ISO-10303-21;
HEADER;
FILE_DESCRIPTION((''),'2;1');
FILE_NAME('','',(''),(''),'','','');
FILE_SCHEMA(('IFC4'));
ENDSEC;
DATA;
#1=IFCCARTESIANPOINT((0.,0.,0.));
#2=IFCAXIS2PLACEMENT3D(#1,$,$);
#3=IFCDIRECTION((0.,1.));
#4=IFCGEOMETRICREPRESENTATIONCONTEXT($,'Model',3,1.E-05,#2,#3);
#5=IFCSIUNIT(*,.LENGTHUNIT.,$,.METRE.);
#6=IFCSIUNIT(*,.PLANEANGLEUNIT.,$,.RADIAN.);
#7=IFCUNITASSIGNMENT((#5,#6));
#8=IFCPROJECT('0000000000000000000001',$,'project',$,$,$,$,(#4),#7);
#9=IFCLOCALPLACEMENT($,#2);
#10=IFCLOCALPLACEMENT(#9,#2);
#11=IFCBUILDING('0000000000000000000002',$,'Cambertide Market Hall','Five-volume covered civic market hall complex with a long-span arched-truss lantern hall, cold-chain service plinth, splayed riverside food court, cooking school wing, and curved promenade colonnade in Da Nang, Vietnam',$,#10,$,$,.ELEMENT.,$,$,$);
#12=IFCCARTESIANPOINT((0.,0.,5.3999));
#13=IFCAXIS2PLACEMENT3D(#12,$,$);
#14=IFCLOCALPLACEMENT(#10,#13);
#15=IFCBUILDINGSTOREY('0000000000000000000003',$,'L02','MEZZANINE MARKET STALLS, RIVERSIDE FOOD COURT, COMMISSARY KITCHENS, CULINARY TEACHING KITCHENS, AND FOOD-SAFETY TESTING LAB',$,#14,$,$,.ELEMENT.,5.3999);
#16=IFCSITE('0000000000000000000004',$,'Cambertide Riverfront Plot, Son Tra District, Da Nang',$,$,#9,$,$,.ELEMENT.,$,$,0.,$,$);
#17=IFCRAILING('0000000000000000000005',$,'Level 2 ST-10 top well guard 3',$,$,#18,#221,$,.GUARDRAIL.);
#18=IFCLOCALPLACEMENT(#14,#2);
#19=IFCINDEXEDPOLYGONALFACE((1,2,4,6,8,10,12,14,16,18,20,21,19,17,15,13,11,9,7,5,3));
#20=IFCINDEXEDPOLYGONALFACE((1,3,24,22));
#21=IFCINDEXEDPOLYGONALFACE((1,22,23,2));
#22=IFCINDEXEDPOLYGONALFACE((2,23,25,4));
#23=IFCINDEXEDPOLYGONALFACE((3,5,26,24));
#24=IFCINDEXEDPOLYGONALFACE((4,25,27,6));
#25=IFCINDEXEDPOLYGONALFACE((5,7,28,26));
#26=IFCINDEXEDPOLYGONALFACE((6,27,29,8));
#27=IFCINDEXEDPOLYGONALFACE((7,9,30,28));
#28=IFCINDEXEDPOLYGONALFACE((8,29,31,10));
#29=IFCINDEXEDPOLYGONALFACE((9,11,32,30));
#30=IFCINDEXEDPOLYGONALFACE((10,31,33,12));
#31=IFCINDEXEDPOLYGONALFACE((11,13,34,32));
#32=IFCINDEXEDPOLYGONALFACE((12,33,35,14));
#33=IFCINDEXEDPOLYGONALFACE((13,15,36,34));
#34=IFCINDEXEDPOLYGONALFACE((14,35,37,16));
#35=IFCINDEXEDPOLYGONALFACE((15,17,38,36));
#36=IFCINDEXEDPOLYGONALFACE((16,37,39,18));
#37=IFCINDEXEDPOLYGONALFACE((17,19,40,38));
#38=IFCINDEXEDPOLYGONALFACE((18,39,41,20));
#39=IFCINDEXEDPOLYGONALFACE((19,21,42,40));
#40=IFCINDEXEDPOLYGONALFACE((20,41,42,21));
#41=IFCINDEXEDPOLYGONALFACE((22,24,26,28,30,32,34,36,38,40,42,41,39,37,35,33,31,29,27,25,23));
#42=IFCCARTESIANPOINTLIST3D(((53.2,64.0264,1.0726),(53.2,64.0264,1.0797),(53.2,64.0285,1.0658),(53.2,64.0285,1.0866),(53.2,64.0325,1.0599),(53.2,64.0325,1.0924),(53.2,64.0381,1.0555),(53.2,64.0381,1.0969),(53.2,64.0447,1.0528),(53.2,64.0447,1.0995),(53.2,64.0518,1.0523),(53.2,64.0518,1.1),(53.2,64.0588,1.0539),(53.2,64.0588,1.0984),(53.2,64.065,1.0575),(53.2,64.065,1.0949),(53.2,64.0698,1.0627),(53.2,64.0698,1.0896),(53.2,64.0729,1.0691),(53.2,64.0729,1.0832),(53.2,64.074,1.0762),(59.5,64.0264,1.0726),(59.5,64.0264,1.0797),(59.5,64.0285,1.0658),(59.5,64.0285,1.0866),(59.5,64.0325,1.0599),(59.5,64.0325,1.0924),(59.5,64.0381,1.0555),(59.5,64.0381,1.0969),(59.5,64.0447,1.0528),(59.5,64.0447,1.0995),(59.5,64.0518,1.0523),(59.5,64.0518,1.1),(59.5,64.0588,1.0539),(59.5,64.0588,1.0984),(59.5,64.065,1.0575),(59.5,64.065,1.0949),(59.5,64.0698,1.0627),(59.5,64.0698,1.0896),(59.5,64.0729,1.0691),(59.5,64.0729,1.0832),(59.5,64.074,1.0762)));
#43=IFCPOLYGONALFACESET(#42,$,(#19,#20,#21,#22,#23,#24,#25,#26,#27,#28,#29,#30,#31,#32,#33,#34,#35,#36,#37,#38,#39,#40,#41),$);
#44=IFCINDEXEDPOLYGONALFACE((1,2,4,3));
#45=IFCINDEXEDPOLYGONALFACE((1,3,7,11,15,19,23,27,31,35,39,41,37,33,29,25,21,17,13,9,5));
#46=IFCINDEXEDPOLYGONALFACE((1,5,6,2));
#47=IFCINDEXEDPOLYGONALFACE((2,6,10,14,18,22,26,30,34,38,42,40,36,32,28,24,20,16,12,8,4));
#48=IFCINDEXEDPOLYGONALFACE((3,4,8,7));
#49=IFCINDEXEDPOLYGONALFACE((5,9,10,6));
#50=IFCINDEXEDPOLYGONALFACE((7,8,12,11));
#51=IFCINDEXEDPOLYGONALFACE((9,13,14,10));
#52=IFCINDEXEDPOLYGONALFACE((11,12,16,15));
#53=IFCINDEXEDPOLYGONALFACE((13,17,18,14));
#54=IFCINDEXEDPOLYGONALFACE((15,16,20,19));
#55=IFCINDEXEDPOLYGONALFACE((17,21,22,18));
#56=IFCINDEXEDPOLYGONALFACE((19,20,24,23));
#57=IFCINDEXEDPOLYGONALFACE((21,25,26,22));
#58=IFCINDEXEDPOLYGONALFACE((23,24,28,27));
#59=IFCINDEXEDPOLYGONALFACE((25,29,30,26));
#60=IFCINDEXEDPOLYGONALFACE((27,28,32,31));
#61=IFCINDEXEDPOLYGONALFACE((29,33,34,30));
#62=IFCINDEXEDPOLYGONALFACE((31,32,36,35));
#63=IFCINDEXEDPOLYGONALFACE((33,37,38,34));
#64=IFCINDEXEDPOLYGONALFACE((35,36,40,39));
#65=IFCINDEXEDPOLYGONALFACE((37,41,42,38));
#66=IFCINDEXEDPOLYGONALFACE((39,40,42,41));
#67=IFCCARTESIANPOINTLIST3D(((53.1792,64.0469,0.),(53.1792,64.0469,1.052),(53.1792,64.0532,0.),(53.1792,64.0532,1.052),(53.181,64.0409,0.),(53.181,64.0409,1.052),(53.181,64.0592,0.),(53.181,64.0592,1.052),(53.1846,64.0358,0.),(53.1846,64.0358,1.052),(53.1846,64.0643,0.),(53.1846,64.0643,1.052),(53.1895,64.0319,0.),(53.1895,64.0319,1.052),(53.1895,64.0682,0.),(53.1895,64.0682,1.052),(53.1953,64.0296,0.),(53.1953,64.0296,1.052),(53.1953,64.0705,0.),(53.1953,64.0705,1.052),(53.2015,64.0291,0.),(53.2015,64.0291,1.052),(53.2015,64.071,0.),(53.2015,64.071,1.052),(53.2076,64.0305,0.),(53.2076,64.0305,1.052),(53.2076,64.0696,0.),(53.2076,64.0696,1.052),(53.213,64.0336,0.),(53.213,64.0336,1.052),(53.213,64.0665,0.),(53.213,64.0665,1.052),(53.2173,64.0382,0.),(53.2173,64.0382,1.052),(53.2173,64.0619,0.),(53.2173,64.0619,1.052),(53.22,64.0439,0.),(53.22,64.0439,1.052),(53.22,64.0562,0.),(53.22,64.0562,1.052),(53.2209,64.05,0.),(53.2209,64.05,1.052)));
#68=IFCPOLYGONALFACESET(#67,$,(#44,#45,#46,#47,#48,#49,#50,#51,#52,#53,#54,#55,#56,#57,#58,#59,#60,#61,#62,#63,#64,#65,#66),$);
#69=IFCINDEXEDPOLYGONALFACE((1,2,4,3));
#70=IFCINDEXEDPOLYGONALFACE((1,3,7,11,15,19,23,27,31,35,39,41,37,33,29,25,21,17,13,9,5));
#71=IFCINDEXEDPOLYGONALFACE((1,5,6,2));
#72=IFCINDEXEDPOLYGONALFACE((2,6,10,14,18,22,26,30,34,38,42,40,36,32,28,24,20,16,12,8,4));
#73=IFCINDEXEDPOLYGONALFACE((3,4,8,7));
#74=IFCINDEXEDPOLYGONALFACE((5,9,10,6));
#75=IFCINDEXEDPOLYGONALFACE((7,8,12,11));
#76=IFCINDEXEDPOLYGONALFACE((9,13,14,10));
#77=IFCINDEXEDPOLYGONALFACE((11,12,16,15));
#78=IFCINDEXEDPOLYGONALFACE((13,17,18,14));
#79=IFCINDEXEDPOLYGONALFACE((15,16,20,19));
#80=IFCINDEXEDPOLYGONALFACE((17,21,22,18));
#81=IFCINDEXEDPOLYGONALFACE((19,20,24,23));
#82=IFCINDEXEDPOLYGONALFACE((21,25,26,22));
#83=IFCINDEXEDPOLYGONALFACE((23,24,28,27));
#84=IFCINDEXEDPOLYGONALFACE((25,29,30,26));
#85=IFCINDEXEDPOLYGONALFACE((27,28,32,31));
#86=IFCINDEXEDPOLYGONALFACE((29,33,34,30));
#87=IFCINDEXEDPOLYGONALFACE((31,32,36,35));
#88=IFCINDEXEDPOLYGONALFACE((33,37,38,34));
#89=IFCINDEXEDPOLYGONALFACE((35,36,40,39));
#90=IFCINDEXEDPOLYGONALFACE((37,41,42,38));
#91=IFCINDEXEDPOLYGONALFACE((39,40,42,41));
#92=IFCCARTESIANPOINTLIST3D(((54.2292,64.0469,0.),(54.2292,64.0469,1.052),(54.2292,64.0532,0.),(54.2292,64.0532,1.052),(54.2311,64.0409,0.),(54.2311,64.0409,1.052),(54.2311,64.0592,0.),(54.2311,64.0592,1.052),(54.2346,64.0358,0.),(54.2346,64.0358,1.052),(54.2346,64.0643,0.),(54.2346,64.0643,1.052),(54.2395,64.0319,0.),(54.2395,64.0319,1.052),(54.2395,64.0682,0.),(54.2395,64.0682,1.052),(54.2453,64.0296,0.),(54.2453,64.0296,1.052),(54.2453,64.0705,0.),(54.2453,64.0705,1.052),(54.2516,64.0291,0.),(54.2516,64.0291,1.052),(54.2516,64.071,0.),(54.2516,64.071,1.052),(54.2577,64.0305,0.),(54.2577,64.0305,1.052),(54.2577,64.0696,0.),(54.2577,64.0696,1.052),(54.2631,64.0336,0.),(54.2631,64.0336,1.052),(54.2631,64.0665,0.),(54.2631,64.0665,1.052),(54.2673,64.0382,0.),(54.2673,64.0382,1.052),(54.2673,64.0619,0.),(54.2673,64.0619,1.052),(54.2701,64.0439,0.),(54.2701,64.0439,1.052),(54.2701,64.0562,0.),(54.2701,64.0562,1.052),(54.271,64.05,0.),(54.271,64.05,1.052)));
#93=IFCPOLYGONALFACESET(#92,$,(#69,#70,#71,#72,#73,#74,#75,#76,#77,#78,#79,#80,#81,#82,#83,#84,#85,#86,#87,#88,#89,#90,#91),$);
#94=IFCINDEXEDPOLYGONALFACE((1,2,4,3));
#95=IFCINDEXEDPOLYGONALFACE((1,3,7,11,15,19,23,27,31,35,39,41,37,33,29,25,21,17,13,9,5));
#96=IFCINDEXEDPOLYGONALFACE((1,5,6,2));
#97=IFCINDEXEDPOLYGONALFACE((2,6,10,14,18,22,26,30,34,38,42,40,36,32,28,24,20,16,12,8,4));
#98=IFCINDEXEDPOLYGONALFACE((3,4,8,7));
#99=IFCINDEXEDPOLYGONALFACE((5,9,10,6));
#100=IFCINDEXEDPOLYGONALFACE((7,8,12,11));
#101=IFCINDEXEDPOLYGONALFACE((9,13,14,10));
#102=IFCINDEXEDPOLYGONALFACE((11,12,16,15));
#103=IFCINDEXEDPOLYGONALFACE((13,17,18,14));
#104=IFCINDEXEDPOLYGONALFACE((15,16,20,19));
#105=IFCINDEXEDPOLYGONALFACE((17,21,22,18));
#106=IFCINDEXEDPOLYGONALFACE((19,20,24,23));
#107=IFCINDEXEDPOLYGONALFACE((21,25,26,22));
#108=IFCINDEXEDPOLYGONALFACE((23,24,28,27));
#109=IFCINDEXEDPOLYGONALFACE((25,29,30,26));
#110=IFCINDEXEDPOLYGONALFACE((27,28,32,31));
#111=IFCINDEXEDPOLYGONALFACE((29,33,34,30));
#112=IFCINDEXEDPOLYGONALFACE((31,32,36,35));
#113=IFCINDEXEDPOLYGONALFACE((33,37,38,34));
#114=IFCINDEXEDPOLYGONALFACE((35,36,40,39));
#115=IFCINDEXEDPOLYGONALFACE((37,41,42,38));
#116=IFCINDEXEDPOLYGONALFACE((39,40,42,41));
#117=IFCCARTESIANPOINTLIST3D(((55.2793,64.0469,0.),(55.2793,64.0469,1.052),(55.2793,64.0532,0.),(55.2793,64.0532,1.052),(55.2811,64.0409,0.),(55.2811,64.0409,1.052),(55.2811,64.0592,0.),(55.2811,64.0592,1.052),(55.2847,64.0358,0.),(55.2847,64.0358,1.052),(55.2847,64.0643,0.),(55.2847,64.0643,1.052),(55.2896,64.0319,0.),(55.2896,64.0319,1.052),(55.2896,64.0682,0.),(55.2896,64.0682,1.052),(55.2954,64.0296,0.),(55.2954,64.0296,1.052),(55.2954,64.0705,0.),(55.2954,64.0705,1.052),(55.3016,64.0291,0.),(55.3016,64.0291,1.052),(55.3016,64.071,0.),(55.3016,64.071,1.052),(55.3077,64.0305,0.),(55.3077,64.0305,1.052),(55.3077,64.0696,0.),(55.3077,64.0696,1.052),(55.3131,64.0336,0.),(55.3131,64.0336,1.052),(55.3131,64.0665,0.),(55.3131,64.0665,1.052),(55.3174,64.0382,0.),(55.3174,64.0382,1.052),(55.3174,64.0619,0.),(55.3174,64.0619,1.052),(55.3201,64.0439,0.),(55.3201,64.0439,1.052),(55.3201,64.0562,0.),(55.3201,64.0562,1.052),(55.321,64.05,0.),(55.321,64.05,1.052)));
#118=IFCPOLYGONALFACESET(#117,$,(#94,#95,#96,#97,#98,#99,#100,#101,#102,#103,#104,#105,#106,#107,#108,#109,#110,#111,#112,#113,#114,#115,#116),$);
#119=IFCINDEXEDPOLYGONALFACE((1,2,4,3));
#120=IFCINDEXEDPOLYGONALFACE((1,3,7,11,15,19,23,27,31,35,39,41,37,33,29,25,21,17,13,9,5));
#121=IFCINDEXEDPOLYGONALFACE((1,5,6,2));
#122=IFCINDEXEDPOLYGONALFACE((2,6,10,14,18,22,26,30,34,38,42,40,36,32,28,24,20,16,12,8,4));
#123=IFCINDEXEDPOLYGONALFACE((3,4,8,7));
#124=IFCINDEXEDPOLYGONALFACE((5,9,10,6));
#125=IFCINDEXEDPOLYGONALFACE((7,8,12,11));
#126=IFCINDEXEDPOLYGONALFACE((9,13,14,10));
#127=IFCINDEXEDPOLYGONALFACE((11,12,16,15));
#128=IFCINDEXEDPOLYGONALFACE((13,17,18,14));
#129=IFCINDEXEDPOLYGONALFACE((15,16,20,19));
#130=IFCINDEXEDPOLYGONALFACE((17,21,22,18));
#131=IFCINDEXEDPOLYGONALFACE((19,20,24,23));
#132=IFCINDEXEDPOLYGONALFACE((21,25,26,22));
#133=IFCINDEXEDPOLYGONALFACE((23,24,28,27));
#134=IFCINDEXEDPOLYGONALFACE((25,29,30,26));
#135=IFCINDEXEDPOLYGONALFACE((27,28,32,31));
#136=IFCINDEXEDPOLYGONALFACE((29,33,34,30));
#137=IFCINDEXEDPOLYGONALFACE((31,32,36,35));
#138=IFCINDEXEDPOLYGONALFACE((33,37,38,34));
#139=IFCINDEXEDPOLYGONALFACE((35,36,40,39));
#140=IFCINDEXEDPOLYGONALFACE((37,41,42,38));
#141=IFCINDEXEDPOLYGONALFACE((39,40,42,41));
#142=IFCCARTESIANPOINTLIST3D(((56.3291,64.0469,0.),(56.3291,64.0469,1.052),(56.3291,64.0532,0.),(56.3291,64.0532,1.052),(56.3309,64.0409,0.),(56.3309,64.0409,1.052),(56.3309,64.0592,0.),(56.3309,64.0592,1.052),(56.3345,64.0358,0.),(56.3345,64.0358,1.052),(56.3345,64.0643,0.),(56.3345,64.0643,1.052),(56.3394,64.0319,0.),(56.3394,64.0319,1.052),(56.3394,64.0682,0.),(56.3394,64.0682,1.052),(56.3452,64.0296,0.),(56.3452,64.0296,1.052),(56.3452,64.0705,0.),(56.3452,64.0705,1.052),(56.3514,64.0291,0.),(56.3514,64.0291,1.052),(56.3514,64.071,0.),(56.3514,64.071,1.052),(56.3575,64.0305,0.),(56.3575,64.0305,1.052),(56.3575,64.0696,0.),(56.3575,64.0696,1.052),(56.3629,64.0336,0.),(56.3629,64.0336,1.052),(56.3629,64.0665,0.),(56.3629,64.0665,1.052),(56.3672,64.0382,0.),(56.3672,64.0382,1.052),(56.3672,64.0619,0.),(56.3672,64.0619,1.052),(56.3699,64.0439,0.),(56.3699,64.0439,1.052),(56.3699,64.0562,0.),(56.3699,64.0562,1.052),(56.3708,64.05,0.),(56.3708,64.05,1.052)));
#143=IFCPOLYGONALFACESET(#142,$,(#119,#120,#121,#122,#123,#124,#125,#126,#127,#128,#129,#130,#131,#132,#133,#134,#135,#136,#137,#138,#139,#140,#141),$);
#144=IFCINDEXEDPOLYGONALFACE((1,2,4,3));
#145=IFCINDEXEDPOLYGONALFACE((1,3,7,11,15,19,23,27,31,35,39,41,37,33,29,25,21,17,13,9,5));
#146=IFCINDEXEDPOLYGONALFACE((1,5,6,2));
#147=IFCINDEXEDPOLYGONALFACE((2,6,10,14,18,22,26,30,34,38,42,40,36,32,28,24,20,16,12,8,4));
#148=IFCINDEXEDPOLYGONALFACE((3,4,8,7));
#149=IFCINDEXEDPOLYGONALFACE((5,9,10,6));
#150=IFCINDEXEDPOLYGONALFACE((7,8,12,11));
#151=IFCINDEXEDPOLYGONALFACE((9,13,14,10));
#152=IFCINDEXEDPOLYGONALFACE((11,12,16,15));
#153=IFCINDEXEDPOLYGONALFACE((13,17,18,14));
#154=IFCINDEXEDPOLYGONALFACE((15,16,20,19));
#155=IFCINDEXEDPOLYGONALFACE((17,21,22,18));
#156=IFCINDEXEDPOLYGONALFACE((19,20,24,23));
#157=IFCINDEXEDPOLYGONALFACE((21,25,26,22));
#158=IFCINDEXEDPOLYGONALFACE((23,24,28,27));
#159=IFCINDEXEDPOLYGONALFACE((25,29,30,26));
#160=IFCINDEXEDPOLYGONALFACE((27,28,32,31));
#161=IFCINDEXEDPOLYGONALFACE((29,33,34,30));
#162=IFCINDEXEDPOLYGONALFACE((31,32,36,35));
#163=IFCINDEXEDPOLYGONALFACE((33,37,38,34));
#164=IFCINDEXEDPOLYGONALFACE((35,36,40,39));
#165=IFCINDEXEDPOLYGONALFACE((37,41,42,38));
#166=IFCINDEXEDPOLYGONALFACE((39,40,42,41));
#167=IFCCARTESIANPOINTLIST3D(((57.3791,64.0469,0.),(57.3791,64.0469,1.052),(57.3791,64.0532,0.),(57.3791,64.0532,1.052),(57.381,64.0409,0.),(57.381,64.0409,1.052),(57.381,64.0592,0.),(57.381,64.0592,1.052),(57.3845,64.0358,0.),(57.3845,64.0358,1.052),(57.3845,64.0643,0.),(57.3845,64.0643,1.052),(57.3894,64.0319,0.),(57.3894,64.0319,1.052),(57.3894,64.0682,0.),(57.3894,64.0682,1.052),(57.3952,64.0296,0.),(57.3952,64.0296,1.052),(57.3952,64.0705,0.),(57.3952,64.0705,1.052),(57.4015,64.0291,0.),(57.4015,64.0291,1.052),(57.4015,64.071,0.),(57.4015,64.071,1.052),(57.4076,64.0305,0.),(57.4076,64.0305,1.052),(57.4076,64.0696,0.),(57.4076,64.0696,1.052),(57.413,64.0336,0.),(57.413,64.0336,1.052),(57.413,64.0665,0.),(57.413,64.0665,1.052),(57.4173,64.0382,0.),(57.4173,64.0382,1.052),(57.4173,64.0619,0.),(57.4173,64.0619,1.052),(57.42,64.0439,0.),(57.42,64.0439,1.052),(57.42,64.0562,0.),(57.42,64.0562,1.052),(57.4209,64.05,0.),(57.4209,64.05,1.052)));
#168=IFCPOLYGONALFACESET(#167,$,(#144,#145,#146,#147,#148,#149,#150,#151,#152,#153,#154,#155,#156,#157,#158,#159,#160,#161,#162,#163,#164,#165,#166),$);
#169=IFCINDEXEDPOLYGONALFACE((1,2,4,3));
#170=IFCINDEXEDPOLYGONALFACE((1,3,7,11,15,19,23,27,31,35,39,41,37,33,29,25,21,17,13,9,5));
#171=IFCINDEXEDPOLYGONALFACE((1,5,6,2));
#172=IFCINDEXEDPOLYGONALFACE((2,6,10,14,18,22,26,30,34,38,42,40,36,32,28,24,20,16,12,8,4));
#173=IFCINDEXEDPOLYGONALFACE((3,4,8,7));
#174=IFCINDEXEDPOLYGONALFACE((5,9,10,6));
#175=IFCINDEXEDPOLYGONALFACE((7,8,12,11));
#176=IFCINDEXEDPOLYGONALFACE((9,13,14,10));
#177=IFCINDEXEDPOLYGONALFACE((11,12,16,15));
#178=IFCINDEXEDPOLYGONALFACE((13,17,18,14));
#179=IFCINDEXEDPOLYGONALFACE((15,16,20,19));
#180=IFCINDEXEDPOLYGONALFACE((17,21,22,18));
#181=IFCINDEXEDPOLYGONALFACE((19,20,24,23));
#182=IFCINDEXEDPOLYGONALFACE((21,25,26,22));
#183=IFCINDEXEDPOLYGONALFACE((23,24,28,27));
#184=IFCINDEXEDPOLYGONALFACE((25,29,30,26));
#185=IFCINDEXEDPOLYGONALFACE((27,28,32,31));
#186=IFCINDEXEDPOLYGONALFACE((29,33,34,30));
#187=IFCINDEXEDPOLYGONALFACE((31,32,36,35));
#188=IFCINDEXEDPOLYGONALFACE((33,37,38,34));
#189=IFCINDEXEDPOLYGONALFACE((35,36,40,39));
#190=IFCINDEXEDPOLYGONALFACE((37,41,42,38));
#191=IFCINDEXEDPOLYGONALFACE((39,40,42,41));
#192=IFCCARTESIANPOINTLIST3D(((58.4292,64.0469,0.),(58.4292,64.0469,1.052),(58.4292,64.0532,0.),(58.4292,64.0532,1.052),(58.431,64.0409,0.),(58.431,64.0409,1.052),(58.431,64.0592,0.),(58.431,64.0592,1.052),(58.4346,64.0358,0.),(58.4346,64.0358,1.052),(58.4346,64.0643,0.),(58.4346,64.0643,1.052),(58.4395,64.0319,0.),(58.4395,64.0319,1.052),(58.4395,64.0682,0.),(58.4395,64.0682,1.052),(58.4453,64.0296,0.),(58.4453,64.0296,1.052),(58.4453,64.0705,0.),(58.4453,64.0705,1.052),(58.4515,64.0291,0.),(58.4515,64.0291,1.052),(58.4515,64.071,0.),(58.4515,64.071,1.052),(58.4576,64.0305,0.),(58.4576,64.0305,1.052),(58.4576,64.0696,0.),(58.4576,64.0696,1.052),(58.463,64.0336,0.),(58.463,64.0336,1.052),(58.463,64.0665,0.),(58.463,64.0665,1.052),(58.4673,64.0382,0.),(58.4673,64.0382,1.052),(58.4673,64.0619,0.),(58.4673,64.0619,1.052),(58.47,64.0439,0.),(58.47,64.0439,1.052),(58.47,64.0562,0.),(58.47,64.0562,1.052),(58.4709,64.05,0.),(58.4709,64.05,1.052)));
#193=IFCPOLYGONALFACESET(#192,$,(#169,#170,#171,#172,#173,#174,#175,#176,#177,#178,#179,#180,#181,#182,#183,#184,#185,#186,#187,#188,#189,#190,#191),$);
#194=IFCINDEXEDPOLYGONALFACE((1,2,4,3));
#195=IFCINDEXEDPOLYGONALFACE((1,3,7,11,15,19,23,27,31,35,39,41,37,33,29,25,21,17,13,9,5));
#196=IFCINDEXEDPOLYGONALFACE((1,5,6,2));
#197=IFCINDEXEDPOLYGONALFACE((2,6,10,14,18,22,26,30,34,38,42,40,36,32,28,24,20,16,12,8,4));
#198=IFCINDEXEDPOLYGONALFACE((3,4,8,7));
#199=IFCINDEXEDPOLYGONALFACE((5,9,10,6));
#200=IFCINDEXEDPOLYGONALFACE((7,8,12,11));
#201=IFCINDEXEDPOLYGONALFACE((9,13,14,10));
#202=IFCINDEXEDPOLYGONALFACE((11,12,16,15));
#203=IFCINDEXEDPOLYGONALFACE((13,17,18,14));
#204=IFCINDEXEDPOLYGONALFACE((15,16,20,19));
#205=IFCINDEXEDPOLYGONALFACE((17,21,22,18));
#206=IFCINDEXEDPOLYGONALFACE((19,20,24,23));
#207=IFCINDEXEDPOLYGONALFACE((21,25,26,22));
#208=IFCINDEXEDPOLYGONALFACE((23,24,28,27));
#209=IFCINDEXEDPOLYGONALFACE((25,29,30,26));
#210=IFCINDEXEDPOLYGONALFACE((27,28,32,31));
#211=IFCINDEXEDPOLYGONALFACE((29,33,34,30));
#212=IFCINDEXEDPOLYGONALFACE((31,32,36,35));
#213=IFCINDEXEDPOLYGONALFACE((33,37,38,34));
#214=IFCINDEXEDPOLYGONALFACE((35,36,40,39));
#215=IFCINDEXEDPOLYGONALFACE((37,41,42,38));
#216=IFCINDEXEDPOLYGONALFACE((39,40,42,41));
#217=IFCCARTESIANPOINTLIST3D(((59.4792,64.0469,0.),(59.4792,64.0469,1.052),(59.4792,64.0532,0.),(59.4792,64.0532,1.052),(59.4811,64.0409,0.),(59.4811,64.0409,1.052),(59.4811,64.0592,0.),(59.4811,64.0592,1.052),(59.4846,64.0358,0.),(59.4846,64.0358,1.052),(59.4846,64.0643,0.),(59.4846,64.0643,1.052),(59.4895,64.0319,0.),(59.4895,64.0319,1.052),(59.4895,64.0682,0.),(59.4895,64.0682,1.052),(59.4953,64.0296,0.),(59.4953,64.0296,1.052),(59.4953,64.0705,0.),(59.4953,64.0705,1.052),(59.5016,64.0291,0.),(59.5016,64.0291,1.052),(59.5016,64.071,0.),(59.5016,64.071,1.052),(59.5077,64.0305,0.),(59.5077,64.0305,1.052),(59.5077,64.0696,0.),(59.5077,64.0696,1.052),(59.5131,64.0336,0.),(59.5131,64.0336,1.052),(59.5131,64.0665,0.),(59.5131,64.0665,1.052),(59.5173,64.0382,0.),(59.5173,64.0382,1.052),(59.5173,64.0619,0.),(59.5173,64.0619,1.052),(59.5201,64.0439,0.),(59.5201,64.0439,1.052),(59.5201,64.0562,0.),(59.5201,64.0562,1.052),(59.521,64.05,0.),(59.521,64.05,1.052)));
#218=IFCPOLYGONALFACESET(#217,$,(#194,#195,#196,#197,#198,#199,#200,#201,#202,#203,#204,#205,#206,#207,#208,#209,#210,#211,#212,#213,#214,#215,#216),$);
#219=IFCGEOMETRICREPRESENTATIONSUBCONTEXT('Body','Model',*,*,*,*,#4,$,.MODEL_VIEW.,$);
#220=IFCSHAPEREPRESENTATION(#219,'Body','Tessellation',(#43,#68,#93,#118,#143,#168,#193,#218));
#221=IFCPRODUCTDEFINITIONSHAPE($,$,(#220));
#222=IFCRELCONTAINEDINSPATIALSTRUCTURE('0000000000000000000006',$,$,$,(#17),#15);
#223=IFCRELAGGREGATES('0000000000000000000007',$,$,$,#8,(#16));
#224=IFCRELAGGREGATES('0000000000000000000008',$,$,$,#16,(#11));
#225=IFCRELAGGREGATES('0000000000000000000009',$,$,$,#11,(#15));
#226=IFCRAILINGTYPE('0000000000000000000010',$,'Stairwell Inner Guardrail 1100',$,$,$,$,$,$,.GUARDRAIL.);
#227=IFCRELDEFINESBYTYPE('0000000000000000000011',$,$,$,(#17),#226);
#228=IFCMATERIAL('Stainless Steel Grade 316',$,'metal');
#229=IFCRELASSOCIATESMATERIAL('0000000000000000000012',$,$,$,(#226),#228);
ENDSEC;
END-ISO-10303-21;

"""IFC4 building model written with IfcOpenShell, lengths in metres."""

from ifc_helpers import new_model, si_unit, direction, frame, origin, origin_2d, place, context, subcontext, project, spatial, circle, extrude, material, type_object, element, save


model = new_model("IFC4")

# Units and contexts
model_context = context("Model", 3, precision=1e-05, world=origin(), true_north=direction((0.0, 1.0)))
body_context = subcontext(model_context, "Body", "Model", "MODEL_VIEW")
ifc_project = project(units=[si_unit("LENGTHUNIT", "METRE"), si_unit("PLANEANGLEUNIT", "RADIAN")], contexts=[model_context])

# Site, building, storey
site_placement = place(None, origin())
site = spatial("IfcSite", under=ifc_project, at=site_placement, Name="Cambertide Riverfront Plot, Son Tra District, Da Nang", CompositionType="ELEMENT", RefElevation=0.0)
building_placement = place(site_placement, origin())
building = spatial("IfcBuilding", under=site, at=building_placement, Name="Cambertide Market Hall", Description="Five-volume covered civic market hall complex with a long-span arched-truss lantern hall, cold-chain service plinth, splayed riverside food court, cooking school wing, and curved promenade colonnade in Da Nang, Vietnam", CompositionType="ELEMENT")
storey_placement = place(building_placement, frame((0.0, 0.0, 5.3999)))
storey = spatial("IfcBuildingStorey", under=building, at=storey_placement, Name="L02", Description="MEZZANINE MARKET STALLS, RIVERSIDE FOOD COURT, COMMISSARY KITCHENS, CULINARY TEACHING KITCHENS, AND FOOD-SAFETY TESTING LAB", CompositionType="ELEMENT", Elevation=5.3999)

# Railing
ifc_material_1 = material(Name="Stainless Steel Grade 316", Category="metal")
railing_type_1 = type_object("IfcRailingType", Name="Stairwell Inner Guardrail 1100", PredefinedType="GUARDRAIL", material=ifc_material_1)
railing_1_placement = place(storey_placement, frame((53.2, 64.05, 0.0)))
element("IfcRailing", 1, at=railing_1_placement, inside=storey, type_object=railing_type_1, Name="Level 2 ST-10 top well guard 3", PredefinedType="GUARDRAIL", context=body_context, shape_type="SweptSolid", body=[
    extrude(circle(Radius=0.0239, at=origin_2d()), frame((0.0, 0.0, 1.0762), z_axis=(1.0, 0.0, 0.0), x_axis=(0.0, 1.0, 0.0)), (0.0, 0.0, 1.0), 6.3),
    extrude(circle(Radius=0.021, at=origin_2d()), origin(), (0.0, 0.0, 1.0), 1.052),
    extrude(circle(Radius=0.021, at=origin_2d()), frame((1.05, 0.0, 0.0)), (0.0, 0.0, 1.0), 1.052),
    extrude(circle(Radius=0.021, at=origin_2d()), frame((2.1001, 0.0, 0.0)), (0.0, 0.0, 1.0), 1.052),
    extrude(circle(Radius=0.021, at=origin_2d()), frame((3.1499, 0.0, 0.0)), (0.0, 0.0, 1.0), 1.052),
    extrude(circle(Radius=0.021, at=origin_2d()), frame((4.2, 0.0, 0.0)), (0.0, 0.0, 1.0), 1.052),
    extrude(circle(Radius=0.021, at=origin_2d()), frame((5.25, 0.0, 0.0)), (0.0, 0.0, 1.0), 1.052),
    extrude(circle(Radius=0.021, at=origin_2d()), frame((6.3, 0.0, 0.0)), (0.0, 0.0, 1.0), 1.052),
])

save(model, "model.ifc")
